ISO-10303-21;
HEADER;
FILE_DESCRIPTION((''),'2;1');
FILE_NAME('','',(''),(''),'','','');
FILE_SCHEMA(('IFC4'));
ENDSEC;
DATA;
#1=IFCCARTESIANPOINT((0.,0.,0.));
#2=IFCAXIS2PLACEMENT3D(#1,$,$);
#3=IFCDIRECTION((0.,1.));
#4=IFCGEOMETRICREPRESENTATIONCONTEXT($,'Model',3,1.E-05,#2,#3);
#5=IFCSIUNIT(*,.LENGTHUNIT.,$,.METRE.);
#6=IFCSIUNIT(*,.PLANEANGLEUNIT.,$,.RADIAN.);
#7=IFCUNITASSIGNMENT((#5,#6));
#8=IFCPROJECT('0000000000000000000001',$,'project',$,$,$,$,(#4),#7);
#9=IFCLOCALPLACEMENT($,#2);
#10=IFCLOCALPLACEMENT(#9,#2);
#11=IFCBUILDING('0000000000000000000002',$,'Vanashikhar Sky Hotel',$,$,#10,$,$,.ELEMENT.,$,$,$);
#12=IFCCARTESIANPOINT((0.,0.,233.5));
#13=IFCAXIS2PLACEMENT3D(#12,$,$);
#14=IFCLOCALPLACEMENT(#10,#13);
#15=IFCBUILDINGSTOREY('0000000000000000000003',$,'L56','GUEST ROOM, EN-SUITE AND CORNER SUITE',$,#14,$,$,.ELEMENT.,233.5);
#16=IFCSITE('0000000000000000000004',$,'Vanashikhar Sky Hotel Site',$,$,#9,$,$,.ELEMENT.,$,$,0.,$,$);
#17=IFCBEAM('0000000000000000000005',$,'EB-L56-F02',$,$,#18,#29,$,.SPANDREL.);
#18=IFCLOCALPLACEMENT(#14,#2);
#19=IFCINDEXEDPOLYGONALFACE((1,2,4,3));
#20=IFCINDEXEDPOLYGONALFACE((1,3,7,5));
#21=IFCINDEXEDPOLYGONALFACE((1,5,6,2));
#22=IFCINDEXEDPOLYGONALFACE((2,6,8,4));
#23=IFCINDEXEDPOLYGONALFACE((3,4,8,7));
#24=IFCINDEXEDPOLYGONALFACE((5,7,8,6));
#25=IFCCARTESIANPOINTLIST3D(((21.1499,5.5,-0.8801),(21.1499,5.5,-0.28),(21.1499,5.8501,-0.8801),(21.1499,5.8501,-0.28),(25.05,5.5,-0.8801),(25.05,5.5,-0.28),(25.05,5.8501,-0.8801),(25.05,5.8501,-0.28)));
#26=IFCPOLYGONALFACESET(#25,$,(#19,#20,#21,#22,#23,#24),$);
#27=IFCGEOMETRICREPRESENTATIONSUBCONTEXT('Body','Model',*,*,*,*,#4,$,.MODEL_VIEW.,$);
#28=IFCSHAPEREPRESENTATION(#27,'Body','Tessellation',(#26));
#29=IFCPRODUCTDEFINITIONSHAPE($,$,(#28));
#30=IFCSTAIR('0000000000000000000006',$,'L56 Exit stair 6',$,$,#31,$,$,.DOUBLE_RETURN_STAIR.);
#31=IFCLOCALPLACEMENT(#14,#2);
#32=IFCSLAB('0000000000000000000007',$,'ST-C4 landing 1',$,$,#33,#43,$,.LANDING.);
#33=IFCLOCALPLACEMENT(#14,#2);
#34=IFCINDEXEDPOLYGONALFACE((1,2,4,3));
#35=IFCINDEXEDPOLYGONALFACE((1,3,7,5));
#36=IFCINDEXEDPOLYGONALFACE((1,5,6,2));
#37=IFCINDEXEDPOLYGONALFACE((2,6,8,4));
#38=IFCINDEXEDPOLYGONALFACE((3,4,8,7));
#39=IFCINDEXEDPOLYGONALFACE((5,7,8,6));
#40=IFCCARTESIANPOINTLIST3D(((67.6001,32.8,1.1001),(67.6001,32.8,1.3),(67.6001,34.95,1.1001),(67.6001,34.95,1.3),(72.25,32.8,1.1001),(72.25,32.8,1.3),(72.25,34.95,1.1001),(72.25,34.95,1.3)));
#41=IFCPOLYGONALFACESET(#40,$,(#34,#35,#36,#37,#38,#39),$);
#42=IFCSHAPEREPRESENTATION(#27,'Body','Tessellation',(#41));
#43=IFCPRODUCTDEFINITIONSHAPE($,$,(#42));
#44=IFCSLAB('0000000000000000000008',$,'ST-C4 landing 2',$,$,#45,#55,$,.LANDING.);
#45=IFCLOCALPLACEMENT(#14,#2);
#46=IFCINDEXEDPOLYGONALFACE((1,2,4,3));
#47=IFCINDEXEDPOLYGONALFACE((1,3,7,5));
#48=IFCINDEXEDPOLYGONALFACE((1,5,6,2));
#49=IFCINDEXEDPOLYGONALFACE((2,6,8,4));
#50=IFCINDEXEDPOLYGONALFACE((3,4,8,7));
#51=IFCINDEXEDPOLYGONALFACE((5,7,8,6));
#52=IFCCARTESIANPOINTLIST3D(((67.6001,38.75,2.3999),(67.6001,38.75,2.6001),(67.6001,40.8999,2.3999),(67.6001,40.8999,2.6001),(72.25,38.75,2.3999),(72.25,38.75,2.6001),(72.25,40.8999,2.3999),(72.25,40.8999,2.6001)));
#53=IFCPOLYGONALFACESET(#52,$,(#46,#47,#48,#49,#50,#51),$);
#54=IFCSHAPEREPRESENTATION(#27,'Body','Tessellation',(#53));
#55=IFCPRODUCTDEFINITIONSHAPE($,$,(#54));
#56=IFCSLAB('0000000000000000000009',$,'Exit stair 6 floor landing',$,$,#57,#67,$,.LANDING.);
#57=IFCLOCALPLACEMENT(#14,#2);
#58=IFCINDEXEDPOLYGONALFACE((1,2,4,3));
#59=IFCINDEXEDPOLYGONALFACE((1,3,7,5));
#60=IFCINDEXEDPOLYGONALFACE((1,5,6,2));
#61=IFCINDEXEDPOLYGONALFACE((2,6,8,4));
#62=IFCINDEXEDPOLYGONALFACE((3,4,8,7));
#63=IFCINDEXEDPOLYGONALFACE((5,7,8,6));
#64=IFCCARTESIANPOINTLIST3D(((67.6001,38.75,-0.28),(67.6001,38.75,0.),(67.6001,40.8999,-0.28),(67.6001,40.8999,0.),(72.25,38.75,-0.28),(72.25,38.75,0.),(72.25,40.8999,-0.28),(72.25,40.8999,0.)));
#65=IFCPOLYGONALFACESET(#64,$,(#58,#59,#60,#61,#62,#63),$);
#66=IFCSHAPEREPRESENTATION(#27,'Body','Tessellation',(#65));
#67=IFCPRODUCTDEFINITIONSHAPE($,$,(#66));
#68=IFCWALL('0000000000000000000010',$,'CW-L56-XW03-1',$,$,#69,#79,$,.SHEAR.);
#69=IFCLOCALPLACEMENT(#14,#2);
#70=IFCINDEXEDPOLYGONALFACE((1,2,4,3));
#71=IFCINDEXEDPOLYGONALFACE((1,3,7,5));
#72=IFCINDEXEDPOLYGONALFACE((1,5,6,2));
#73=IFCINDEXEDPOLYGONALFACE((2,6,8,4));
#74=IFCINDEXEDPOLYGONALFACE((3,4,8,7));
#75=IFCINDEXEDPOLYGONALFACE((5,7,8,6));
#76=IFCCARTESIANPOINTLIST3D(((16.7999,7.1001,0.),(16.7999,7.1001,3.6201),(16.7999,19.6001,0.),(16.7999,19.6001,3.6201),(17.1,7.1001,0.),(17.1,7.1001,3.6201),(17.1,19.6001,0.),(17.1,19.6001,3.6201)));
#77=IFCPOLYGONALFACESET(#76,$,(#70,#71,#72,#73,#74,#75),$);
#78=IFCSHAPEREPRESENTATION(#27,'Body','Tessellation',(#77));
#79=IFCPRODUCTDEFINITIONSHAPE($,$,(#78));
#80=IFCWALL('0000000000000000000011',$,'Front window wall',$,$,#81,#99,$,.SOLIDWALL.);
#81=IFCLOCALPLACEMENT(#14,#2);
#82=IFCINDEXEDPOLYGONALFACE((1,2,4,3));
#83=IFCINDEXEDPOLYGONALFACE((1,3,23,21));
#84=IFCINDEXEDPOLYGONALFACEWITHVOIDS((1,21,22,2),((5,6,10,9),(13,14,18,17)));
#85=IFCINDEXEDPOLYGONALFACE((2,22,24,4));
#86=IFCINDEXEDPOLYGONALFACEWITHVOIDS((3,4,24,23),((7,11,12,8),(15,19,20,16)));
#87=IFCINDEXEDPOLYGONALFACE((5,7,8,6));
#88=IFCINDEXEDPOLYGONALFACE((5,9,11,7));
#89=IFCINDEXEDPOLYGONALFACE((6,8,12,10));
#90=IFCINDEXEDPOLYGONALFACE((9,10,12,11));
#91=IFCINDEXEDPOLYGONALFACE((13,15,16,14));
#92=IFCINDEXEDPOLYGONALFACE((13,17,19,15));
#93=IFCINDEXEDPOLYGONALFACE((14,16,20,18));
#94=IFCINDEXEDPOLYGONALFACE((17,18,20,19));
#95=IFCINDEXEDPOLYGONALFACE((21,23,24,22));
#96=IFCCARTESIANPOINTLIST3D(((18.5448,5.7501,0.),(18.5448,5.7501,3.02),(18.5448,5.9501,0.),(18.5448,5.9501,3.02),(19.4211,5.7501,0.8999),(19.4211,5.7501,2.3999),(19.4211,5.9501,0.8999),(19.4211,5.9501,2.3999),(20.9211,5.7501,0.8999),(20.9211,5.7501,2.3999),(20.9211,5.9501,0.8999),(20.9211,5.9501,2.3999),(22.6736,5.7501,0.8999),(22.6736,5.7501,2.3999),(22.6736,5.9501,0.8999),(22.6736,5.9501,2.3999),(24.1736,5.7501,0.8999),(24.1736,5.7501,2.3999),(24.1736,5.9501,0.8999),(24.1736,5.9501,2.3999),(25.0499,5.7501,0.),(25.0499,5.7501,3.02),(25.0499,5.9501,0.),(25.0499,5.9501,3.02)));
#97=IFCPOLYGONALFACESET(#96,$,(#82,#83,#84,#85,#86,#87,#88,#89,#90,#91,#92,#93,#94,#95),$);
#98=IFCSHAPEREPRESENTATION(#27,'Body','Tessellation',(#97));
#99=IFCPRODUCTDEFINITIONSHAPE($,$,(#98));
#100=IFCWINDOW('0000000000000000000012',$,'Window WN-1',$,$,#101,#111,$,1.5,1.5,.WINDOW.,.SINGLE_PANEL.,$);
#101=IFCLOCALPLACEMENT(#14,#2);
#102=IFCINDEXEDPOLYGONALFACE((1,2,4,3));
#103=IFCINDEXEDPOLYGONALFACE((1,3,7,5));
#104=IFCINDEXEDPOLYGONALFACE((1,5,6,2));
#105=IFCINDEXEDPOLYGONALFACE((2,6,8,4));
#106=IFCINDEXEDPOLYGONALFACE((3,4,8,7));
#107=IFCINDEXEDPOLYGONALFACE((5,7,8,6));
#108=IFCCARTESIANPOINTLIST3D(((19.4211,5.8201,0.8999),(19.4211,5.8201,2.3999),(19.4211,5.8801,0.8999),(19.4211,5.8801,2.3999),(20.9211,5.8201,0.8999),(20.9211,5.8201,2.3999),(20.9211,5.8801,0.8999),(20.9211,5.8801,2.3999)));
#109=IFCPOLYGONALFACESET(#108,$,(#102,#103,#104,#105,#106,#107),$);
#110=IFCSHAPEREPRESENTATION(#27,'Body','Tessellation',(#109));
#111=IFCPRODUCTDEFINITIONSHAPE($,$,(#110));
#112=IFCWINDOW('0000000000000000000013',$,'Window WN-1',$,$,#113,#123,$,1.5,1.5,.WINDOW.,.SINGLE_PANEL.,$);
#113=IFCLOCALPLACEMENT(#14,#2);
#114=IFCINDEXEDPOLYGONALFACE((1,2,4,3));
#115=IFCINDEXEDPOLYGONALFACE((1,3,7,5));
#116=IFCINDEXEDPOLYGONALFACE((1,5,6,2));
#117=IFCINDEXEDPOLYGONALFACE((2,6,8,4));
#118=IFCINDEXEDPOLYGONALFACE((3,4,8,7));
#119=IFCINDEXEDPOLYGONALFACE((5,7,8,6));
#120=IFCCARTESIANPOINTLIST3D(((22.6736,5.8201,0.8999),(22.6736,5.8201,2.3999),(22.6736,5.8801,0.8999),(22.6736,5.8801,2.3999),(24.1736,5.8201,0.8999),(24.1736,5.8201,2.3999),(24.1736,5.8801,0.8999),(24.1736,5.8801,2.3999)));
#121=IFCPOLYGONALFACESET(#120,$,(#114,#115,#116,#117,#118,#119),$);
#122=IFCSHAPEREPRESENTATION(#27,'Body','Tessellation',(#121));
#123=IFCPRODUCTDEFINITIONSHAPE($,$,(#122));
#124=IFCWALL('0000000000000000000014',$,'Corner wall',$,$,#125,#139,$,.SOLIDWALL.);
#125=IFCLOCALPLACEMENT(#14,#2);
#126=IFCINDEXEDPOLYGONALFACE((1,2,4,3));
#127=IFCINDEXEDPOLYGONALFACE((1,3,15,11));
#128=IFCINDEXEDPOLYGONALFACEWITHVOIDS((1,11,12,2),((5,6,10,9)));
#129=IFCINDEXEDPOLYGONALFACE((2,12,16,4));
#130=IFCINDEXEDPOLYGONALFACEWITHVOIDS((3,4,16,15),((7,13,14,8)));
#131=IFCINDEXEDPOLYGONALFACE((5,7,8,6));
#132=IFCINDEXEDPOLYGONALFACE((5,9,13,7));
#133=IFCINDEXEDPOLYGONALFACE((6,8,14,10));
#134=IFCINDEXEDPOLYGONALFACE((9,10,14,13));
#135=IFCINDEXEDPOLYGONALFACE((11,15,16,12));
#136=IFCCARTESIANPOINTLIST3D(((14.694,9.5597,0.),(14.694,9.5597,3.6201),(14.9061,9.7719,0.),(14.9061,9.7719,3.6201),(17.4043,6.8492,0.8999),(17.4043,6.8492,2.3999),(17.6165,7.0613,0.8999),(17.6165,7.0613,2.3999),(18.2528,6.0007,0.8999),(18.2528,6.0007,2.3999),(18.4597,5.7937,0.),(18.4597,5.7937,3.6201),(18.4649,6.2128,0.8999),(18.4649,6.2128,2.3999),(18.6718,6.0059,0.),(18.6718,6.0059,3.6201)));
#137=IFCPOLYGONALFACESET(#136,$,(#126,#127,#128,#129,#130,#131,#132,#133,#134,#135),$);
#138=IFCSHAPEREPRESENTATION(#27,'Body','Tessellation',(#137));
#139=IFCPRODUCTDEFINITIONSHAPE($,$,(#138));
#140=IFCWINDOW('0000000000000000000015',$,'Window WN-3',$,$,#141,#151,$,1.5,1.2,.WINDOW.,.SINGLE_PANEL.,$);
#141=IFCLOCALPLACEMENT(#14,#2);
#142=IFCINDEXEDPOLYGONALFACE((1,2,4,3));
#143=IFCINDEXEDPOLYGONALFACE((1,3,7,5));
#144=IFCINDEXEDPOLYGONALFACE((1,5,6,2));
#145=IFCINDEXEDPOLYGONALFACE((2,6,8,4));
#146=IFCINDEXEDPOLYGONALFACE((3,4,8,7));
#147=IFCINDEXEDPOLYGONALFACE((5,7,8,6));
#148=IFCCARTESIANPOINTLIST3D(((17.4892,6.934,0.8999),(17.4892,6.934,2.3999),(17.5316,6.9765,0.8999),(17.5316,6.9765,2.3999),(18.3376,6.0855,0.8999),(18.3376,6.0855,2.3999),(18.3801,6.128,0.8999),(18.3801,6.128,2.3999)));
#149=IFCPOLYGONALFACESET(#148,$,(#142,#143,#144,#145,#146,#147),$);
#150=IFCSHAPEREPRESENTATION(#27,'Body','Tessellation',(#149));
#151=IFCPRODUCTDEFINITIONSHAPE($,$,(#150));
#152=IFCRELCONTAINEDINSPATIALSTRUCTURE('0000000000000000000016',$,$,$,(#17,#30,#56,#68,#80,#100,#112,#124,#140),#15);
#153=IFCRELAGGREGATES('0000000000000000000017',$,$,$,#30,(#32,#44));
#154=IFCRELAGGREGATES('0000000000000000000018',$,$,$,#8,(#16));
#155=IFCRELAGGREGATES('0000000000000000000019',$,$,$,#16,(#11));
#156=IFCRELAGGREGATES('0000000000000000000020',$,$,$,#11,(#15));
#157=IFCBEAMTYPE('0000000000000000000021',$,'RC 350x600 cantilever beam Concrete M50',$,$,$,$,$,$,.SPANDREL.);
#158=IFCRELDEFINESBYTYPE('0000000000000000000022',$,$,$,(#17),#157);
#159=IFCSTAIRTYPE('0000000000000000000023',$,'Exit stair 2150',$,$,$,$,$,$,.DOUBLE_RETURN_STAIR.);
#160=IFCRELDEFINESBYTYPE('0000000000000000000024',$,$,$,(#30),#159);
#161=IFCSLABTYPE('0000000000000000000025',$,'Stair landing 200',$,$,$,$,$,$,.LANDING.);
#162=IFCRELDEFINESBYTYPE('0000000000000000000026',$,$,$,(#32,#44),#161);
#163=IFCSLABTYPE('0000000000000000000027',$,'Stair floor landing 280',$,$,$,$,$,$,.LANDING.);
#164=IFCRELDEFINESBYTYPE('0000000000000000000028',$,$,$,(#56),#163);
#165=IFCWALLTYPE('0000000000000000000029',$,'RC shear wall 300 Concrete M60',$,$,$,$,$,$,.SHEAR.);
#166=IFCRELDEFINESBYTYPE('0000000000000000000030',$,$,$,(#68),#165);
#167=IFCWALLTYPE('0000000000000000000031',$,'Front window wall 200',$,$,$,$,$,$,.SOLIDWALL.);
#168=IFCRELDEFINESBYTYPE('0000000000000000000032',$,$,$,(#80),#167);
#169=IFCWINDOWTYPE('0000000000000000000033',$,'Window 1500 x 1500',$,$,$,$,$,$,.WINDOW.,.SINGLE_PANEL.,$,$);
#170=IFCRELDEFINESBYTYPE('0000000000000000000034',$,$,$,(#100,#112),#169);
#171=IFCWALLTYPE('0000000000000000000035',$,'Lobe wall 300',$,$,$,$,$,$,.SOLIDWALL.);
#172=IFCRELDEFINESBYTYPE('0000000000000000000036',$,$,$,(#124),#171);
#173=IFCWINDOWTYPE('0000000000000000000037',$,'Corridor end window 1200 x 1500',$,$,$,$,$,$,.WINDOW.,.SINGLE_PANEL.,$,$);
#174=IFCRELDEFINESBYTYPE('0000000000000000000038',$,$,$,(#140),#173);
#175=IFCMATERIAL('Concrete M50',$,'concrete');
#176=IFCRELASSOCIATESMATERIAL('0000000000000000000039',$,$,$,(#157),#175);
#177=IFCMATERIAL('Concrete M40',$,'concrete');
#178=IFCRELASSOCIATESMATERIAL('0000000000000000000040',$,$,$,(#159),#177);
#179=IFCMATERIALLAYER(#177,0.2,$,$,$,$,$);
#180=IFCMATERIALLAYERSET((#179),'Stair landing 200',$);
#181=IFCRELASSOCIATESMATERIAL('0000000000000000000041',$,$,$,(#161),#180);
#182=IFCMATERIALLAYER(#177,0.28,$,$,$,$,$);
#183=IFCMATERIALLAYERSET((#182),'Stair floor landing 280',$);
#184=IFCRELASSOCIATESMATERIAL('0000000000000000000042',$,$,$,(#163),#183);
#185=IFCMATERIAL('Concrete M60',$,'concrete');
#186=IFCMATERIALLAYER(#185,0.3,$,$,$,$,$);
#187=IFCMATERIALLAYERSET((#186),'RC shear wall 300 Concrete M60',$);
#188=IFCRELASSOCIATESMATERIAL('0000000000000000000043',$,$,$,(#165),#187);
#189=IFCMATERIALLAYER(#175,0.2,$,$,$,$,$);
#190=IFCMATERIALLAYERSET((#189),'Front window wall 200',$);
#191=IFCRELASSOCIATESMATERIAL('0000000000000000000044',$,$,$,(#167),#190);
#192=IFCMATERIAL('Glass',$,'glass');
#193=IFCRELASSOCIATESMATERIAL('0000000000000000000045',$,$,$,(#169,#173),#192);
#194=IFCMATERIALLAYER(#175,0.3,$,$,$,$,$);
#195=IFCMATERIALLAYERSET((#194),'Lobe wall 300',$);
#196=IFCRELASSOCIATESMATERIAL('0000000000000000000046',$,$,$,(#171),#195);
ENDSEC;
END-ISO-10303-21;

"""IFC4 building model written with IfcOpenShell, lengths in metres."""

from ifc_helpers import new_model, si_unit, direction, frame, frame_2d, origin, origin_2d, place, context, subcontext, project, spatial, polyline, rectangle, outline, extrude, source, transform, mapped, material, layer, layer_set, material_profile, profile_set, type_object, element, fill, aggregate, save


model = new_model("IFC4")

# Units and contexts
model_context = context("Model", 3, precision=1e-05, world=origin(), true_north=direction((0.0, 1.0)))
body_context = subcontext(model_context, "Body", "Model", "MODEL_VIEW")
ifc_project = project(units=[si_unit("LENGTHUNIT", "METRE"), si_unit("PLANEANGLEUNIT", "RADIAN")], contexts=[model_context])

# Site, building, storey
site_placement = place(None, origin())
site = spatial("IfcSite", under=ifc_project, at=site_placement, Name="Vanashikhar Sky Hotel Site", CompositionType="ELEMENT", RefElevation=0.0)
building_placement = place(site_placement, origin())
building = spatial("IfcBuilding", under=site, at=building_placement, Name="Vanashikhar Sky Hotel", CompositionType="ELEMENT")
storey_placement = place(building_placement, frame((0.0, 0.0, 233.5)))
storey = spatial("IfcBuildingStorey", under=building, at=storey_placement, Name="L56", Description="GUEST ROOM, EN-SUITE AND CORNER SUITE", CompositionType="ELEMENT", Elevation=233.5)

# Beam
ifc_material_1 = material(Name="Concrete M50", Category="concrete")
ifc_material_profile = material_profile(ifc_material_1, rectangle(XDim=0.3501, YDim=0.6001, at=origin_2d()))
ifc_profile_set = profile_set([ifc_material_profile], Name="RC 350x600 cantilever beam Concrete M50")
beam_type = type_object("IfcBeamType", Name="RC 350x600 cantilever beam Concrete M50", PredefinedType="SPANDREL", material=ifc_profile_set)
shared_shape_1 = source(origin(), body_context, "Body", "SweptSolid", [
    extrude(rectangle(XDim=0.3501, YDim=0.6001, at=origin_2d()), origin(), (0.0, 0.0, 1.0), 3.9001),
])
beam_placement = place(storey_placement, frame((21.1499, 5.675, -0.5801), z_axis=(1.0, 0.0, 0.0), x_axis=(0.0, 1.0, 0.0)))
element("IfcBeam", 1, at=beam_placement, inside=storey, type_object=beam_type, Name="EB-L56-F02", PredefinedType="SPANDREL", context=body_context, shape_type="MappedRepresentation", body=[
    mapped(shared_shape_1, transform((0.0, 0.0, 0.0), scale=1.0)),
])

# Stair, slabs
ifc_material_2 = material(Name="Concrete M40", Category="concrete")
stair_type = type_object("IfcStairType", Name="Exit stair 2150", PredefinedType="DOUBLE_RETURN_STAIR", material=ifc_material_2)
stair_placement = place(storey_placement, origin())
stair = element("IfcStair", 2, at=stair_placement, inside=storey, type_object=stair_type, Name="L56 Exit stair 6", PredefinedType="DOUBLE_RETURN_STAIR")
ifc_layer_1 = layer(ifc_material_2, 0.2)
ifc_layer_set_1 = layer_set([ifc_layer_1], Name="Stair landing 200")
slab_type_1 = type_object("IfcSlabType", Name="Stair landing 200", PredefinedType="LANDING", material=ifc_layer_set_1)
shared_shape_2 = source(origin(), body_context, "Body", "SweptSolid", [
    extrude(outline(polyline([(72.25, 32.8), (72.25, 34.95), (67.6001, 34.95), (67.6001, 32.8), (72.25, 32.8)])), origin(), (0.0, 0.0, 1.0), 0.2),
])
slab_1_placement = place(storey_placement, frame((0.0, 0.0, 1.1001)))
slab_1 = element("IfcSlab", 3, at=slab_1_placement, type_object=slab_type_1, Name="ST-C4 landing 1", PredefinedType="LANDING", context=body_context, shape_type="MappedRepresentation", body=[
    mapped(shared_shape_2, transform((0.0, 0.0, 0.0), scale=1.0)),
])
shared_shape_3 = source(origin(), body_context, "Body", "SweptSolid", [
    extrude(outline(polyline([(72.25, 38.75), (72.25, 40.8999), (67.6001, 40.8999), (67.6001, 38.75), (72.25, 38.75)])), origin(), (0.0, 0.0, 1.0), 0.2002),
])
slab_2_placement = place(storey_placement, frame((0.0, 0.0, 2.3999)))
slab_2 = element("IfcSlab", 4, at=slab_2_placement, type_object=slab_type_1, Name="ST-C4 landing 2", PredefinedType="LANDING", context=body_context, shape_type="MappedRepresentation", body=[
    mapped(shared_shape_3, transform((0.0, 0.0, 0.0), scale=1.0)),
])
aggregate(stair, [slab_1, slab_2])

# Slab
ifc_layer_2 = layer(ifc_material_2, 0.28)
ifc_layer_set_2 = layer_set([ifc_layer_2], Name="Stair floor landing 280")
slab_type_2 = type_object("IfcSlabType", Name="Stair floor landing 280", PredefinedType="LANDING", material=ifc_layer_set_2)
shared_shape_4 = source(origin(), body_context, "Body", "SweptSolid", [
    extrude(outline(polyline([(72.25, 38.75), (72.25, 40.8999), (67.6001, 40.8999), (67.6001, 38.75), (72.25, 38.75)])), origin(), (0.0, 0.0, 1.0), 0.28),
])
slab_3_placement = place(storey_placement, frame((0.0, 0.0, -0.28)))
element("IfcSlab", 5, at=slab_3_placement, inside=storey, type_object=slab_type_2, Name="Exit stair 6 floor landing", PredefinedType="LANDING", context=body_context, shape_type="MappedRepresentation", body=[
    mapped(shared_shape_4, transform((0.0, 0.0, 0.0), scale=1.0)),
])

# Wall
ifc_material_3 = material(Name="Concrete M60", Category="concrete")
ifc_layer_3 = layer(ifc_material_3, 0.3)
ifc_layer_set_3 = layer_set([ifc_layer_3], Name="RC shear wall 300 Concrete M60")
wall_type_1 = type_object("IfcWallType", Name="RC shear wall 300 Concrete M60", PredefinedType="SHEAR", material=ifc_layer_set_3)
shared_shape_5 = source(origin(), body_context, "Body", "SweptSolid", [
    extrude(rectangle(XDim=12.5, YDim=0.3, at=frame_2d((6.25, 0.0))), origin(), (0.0, 0.0, 1.0), 3.6201),
])
wall_1_placement = place(storey_placement, frame((16.95, 7.1001, 0.0), z_axis=(0.0, 0.0, 1.0), x_axis=(0.0, 1.0, 0.0)))
element("IfcWall", 6, at=wall_1_placement, inside=storey, type_object=wall_type_1, Name="CW-L56-XW03-1", PredefinedType="SHEAR", context=body_context, shape_type="MappedRepresentation", body=[
    mapped(shared_shape_5, transform((0.0, 0.0, 0.0), scale=1.0)),
])

# Wall, openings, windows
ifc_layer_4 = layer(ifc_material_1, 0.2)
ifc_layer_set_4 = layer_set([ifc_layer_4], Name="Front window wall 200")
wall_type_2 = type_object("IfcWallType", Name="Front window wall 200", PredefinedType="SOLIDWALL", material=ifc_layer_set_4)
shared_shape_6 = source(origin(), body_context, "Body", "SweptSolid", [
    extrude(rectangle(XDim=6.5051, YDim=0.2, at=frame_2d((3.2524, 0.0))), origin(), (0.0, 0.0, 1.0), 3.02),
])
wall_2_placement = place(storey_placement, frame((18.5449, 5.8501, 0.0), z_axis=(0.0, 0.0, 1.0), x_axis=(1.0, 0.0, 0.0)))
wall_2 = element("IfcWall", 7, at=wall_2_placement, inside=storey, type_object=wall_type_2, Name="Front window wall", PredefinedType="SOLIDWALL", context=body_context, shape_type="MappedRepresentation", body=[
    mapped(shared_shape_6, transform((0.0, 0.0, 0.0), scale=1.0)),
])
shared_shape_7 = source(origin(), body_context, "Body", "SweptSolid", [
    extrude(rectangle(XDim=1.5, YDim=1.5, at=frame_2d((0.75, 0.75))), frame((0.0, 0.1099, 0.0), z_axis=(0.0, -1.0, 0.0), x_axis=(1.0, 0.0, 0.0)), (0.0, 0.0, 1.0), 0.22),
])
opening_1_placement = place(wall_2_placement, frame((0.8762, 0.0, 0.8999)))
opening_1 = element("IfcOpeningElement", 8, at=opening_1_placement, cuts=wall_2, PredefinedType="OPENING", context=body_context, shape_type="MappedRepresentation", body=[
    mapped(shared_shape_7, transform((0.0, 0.0, 0.0), scale=1.0)),
])
opening_2_placement = place(wall_2_placement, frame((4.1287, 0.0, 0.8999)))
opening_2 = element("IfcOpeningElement", 9, at=opening_2_placement, cuts=wall_2, PredefinedType="OPENING", context=body_context, shape_type="MappedRepresentation", body=[
    mapped(shared_shape_7, transform((0.0, 0.0, 0.0), scale=1.0)),
])
ifc_material_4 = material(Name="Glass", Category="glass")
window_type_1 = type_object("IfcWindowType", Name="Window 1500 x 1500", PartitioningType="SINGLE_PANEL", PredefinedType="WINDOW", material=ifc_material_4)
shared_shape_8 = source(origin(), body_context, "Body", "SweptSolid", [
    extrude(rectangle(XDim=1.5, YDim=1.5, at=frame_2d((0.75, 0.75))), frame((0.0, 0.03, 0.0), z_axis=(0.0, -1.0, 0.0), x_axis=(1.0, 0.0, 0.0)), (0.0, 0.0, 1.0), 0.0601),
])
window_1_placement = place(opening_1_placement, origin())
window_1 = element("IfcWindow", 10, at=window_1_placement, inside=storey, type_object=window_type_1, Name="Window WN-1", OverallHeight=1.5, OverallWidth=1.5, PartitioningType="SINGLE_PANEL", PredefinedType="WINDOW", context=body_context, shape_type="MappedRepresentation", body=[
    mapped(shared_shape_8, transform((0.0, 0.0, 0.0), scale=1.0)),
])
fill(opening_1, window_1)
window_2_placement = place(opening_2_placement, origin())
window_2 = element("IfcWindow", 11, at=window_2_placement, inside=storey, type_object=window_type_1, Name="Window WN-1", OverallHeight=1.5, OverallWidth=1.5, PartitioningType="SINGLE_PANEL", PredefinedType="WINDOW", context=body_context, shape_type="MappedRepresentation", body=[
    mapped(shared_shape_8, transform((0.0, 0.0, 0.0), scale=1.0)),
])
fill(opening_2, window_2)

# Wall, opening, window
ifc_layer_5 = layer(ifc_material_1, 0.3)
ifc_layer_set_5 = layer_set([ifc_layer_5], Name="Lobe wall 300")
wall_type_3 = type_object("IfcWallType", Name="Lobe wall 300", PredefinedType="SOLIDWALL", material=ifc_layer_set_5)
shared_shape_9 = source(origin(), body_context, "Body", "SweptSolid", [
    extrude(rectangle(XDim=5.3257, YDim=0.3, at=frame_2d((2.6628, 0.0))), origin(), (0.0, 0.0, 1.0), 3.6201),
])
wall_3_placement = place(storey_placement, frame((14.8, 9.6658, 0.0), z_axis=(0.0, 0.0, 1.0), x_axis=(0.707084, -0.70713, 0.0)))
wall_3 = element("IfcWall", 12, at=wall_3_placement, inside=storey, type_object=wall_type_3, Name="Corner wall", PredefinedType="SOLIDWALL", context=body_context, shape_type="MappedRepresentation", body=[
    mapped(shared_shape_9, transform((0.0, 0.0, 0.0), scale=1.0)),
])
shared_shape_10 = source(origin(), body_context, "Body", "SweptSolid", [
    extrude(rectangle(XDim=1.2, YDim=1.5, at=frame_2d((0.6001, 0.75))), frame((0.0, 0.1602, 0.0), z_axis=(0.0, -1.0, 0.0), x_axis=(1.0, 0.0, 0.0)), (0.0, 0.0, 1.0), 0.3201),
])
opening_3_placement = place(wall_3_placement, frame((3.833, 0.0, 0.8999)))
opening_3 = element("IfcOpeningElement", 13, at=opening_3_placement, cuts=wall_3, PredefinedType="OPENING", context=body_context, shape_type="MappedRepresentation", body=[
    mapped(shared_shape_10, transform((0.0, 0.0, 0.0), scale=1.0)),
])
window_type_2 = type_object("IfcWindowType", Name="Corridor end window 1200 x 1500", PartitioningType="SINGLE_PANEL", PredefinedType="WINDOW", material=ifc_material_4)
shared_shape_11 = source(origin(), body_context, "Body", "SweptSolid", [
    extrude(rectangle(XDim=1.2, YDim=1.5, at=frame_2d((0.6001, 0.75))), frame((0.0, 0.03, 0.0), z_axis=(0.0, -1.0, 0.0), x_axis=(1.0, 0.0, 0.0)), (0.0, 0.0, 1.0), 0.0601),
])
window_3_placement = place(opening_3_placement, origin())
window_3 = element("IfcWindow", 14, at=window_3_placement, inside=storey, type_object=window_type_2, Name="Window WN-3", OverallHeight=1.5, OverallWidth=1.2, PartitioningType="SINGLE_PANEL", PredefinedType="WINDOW", context=body_context, shape_type="MappedRepresentation", body=[
    mapped(shared_shape_11, transform((0.0, 0.0, 0.0), scale=1.0)),
])
fill(opening_3, window_3)

save(model, "model.ifc")
